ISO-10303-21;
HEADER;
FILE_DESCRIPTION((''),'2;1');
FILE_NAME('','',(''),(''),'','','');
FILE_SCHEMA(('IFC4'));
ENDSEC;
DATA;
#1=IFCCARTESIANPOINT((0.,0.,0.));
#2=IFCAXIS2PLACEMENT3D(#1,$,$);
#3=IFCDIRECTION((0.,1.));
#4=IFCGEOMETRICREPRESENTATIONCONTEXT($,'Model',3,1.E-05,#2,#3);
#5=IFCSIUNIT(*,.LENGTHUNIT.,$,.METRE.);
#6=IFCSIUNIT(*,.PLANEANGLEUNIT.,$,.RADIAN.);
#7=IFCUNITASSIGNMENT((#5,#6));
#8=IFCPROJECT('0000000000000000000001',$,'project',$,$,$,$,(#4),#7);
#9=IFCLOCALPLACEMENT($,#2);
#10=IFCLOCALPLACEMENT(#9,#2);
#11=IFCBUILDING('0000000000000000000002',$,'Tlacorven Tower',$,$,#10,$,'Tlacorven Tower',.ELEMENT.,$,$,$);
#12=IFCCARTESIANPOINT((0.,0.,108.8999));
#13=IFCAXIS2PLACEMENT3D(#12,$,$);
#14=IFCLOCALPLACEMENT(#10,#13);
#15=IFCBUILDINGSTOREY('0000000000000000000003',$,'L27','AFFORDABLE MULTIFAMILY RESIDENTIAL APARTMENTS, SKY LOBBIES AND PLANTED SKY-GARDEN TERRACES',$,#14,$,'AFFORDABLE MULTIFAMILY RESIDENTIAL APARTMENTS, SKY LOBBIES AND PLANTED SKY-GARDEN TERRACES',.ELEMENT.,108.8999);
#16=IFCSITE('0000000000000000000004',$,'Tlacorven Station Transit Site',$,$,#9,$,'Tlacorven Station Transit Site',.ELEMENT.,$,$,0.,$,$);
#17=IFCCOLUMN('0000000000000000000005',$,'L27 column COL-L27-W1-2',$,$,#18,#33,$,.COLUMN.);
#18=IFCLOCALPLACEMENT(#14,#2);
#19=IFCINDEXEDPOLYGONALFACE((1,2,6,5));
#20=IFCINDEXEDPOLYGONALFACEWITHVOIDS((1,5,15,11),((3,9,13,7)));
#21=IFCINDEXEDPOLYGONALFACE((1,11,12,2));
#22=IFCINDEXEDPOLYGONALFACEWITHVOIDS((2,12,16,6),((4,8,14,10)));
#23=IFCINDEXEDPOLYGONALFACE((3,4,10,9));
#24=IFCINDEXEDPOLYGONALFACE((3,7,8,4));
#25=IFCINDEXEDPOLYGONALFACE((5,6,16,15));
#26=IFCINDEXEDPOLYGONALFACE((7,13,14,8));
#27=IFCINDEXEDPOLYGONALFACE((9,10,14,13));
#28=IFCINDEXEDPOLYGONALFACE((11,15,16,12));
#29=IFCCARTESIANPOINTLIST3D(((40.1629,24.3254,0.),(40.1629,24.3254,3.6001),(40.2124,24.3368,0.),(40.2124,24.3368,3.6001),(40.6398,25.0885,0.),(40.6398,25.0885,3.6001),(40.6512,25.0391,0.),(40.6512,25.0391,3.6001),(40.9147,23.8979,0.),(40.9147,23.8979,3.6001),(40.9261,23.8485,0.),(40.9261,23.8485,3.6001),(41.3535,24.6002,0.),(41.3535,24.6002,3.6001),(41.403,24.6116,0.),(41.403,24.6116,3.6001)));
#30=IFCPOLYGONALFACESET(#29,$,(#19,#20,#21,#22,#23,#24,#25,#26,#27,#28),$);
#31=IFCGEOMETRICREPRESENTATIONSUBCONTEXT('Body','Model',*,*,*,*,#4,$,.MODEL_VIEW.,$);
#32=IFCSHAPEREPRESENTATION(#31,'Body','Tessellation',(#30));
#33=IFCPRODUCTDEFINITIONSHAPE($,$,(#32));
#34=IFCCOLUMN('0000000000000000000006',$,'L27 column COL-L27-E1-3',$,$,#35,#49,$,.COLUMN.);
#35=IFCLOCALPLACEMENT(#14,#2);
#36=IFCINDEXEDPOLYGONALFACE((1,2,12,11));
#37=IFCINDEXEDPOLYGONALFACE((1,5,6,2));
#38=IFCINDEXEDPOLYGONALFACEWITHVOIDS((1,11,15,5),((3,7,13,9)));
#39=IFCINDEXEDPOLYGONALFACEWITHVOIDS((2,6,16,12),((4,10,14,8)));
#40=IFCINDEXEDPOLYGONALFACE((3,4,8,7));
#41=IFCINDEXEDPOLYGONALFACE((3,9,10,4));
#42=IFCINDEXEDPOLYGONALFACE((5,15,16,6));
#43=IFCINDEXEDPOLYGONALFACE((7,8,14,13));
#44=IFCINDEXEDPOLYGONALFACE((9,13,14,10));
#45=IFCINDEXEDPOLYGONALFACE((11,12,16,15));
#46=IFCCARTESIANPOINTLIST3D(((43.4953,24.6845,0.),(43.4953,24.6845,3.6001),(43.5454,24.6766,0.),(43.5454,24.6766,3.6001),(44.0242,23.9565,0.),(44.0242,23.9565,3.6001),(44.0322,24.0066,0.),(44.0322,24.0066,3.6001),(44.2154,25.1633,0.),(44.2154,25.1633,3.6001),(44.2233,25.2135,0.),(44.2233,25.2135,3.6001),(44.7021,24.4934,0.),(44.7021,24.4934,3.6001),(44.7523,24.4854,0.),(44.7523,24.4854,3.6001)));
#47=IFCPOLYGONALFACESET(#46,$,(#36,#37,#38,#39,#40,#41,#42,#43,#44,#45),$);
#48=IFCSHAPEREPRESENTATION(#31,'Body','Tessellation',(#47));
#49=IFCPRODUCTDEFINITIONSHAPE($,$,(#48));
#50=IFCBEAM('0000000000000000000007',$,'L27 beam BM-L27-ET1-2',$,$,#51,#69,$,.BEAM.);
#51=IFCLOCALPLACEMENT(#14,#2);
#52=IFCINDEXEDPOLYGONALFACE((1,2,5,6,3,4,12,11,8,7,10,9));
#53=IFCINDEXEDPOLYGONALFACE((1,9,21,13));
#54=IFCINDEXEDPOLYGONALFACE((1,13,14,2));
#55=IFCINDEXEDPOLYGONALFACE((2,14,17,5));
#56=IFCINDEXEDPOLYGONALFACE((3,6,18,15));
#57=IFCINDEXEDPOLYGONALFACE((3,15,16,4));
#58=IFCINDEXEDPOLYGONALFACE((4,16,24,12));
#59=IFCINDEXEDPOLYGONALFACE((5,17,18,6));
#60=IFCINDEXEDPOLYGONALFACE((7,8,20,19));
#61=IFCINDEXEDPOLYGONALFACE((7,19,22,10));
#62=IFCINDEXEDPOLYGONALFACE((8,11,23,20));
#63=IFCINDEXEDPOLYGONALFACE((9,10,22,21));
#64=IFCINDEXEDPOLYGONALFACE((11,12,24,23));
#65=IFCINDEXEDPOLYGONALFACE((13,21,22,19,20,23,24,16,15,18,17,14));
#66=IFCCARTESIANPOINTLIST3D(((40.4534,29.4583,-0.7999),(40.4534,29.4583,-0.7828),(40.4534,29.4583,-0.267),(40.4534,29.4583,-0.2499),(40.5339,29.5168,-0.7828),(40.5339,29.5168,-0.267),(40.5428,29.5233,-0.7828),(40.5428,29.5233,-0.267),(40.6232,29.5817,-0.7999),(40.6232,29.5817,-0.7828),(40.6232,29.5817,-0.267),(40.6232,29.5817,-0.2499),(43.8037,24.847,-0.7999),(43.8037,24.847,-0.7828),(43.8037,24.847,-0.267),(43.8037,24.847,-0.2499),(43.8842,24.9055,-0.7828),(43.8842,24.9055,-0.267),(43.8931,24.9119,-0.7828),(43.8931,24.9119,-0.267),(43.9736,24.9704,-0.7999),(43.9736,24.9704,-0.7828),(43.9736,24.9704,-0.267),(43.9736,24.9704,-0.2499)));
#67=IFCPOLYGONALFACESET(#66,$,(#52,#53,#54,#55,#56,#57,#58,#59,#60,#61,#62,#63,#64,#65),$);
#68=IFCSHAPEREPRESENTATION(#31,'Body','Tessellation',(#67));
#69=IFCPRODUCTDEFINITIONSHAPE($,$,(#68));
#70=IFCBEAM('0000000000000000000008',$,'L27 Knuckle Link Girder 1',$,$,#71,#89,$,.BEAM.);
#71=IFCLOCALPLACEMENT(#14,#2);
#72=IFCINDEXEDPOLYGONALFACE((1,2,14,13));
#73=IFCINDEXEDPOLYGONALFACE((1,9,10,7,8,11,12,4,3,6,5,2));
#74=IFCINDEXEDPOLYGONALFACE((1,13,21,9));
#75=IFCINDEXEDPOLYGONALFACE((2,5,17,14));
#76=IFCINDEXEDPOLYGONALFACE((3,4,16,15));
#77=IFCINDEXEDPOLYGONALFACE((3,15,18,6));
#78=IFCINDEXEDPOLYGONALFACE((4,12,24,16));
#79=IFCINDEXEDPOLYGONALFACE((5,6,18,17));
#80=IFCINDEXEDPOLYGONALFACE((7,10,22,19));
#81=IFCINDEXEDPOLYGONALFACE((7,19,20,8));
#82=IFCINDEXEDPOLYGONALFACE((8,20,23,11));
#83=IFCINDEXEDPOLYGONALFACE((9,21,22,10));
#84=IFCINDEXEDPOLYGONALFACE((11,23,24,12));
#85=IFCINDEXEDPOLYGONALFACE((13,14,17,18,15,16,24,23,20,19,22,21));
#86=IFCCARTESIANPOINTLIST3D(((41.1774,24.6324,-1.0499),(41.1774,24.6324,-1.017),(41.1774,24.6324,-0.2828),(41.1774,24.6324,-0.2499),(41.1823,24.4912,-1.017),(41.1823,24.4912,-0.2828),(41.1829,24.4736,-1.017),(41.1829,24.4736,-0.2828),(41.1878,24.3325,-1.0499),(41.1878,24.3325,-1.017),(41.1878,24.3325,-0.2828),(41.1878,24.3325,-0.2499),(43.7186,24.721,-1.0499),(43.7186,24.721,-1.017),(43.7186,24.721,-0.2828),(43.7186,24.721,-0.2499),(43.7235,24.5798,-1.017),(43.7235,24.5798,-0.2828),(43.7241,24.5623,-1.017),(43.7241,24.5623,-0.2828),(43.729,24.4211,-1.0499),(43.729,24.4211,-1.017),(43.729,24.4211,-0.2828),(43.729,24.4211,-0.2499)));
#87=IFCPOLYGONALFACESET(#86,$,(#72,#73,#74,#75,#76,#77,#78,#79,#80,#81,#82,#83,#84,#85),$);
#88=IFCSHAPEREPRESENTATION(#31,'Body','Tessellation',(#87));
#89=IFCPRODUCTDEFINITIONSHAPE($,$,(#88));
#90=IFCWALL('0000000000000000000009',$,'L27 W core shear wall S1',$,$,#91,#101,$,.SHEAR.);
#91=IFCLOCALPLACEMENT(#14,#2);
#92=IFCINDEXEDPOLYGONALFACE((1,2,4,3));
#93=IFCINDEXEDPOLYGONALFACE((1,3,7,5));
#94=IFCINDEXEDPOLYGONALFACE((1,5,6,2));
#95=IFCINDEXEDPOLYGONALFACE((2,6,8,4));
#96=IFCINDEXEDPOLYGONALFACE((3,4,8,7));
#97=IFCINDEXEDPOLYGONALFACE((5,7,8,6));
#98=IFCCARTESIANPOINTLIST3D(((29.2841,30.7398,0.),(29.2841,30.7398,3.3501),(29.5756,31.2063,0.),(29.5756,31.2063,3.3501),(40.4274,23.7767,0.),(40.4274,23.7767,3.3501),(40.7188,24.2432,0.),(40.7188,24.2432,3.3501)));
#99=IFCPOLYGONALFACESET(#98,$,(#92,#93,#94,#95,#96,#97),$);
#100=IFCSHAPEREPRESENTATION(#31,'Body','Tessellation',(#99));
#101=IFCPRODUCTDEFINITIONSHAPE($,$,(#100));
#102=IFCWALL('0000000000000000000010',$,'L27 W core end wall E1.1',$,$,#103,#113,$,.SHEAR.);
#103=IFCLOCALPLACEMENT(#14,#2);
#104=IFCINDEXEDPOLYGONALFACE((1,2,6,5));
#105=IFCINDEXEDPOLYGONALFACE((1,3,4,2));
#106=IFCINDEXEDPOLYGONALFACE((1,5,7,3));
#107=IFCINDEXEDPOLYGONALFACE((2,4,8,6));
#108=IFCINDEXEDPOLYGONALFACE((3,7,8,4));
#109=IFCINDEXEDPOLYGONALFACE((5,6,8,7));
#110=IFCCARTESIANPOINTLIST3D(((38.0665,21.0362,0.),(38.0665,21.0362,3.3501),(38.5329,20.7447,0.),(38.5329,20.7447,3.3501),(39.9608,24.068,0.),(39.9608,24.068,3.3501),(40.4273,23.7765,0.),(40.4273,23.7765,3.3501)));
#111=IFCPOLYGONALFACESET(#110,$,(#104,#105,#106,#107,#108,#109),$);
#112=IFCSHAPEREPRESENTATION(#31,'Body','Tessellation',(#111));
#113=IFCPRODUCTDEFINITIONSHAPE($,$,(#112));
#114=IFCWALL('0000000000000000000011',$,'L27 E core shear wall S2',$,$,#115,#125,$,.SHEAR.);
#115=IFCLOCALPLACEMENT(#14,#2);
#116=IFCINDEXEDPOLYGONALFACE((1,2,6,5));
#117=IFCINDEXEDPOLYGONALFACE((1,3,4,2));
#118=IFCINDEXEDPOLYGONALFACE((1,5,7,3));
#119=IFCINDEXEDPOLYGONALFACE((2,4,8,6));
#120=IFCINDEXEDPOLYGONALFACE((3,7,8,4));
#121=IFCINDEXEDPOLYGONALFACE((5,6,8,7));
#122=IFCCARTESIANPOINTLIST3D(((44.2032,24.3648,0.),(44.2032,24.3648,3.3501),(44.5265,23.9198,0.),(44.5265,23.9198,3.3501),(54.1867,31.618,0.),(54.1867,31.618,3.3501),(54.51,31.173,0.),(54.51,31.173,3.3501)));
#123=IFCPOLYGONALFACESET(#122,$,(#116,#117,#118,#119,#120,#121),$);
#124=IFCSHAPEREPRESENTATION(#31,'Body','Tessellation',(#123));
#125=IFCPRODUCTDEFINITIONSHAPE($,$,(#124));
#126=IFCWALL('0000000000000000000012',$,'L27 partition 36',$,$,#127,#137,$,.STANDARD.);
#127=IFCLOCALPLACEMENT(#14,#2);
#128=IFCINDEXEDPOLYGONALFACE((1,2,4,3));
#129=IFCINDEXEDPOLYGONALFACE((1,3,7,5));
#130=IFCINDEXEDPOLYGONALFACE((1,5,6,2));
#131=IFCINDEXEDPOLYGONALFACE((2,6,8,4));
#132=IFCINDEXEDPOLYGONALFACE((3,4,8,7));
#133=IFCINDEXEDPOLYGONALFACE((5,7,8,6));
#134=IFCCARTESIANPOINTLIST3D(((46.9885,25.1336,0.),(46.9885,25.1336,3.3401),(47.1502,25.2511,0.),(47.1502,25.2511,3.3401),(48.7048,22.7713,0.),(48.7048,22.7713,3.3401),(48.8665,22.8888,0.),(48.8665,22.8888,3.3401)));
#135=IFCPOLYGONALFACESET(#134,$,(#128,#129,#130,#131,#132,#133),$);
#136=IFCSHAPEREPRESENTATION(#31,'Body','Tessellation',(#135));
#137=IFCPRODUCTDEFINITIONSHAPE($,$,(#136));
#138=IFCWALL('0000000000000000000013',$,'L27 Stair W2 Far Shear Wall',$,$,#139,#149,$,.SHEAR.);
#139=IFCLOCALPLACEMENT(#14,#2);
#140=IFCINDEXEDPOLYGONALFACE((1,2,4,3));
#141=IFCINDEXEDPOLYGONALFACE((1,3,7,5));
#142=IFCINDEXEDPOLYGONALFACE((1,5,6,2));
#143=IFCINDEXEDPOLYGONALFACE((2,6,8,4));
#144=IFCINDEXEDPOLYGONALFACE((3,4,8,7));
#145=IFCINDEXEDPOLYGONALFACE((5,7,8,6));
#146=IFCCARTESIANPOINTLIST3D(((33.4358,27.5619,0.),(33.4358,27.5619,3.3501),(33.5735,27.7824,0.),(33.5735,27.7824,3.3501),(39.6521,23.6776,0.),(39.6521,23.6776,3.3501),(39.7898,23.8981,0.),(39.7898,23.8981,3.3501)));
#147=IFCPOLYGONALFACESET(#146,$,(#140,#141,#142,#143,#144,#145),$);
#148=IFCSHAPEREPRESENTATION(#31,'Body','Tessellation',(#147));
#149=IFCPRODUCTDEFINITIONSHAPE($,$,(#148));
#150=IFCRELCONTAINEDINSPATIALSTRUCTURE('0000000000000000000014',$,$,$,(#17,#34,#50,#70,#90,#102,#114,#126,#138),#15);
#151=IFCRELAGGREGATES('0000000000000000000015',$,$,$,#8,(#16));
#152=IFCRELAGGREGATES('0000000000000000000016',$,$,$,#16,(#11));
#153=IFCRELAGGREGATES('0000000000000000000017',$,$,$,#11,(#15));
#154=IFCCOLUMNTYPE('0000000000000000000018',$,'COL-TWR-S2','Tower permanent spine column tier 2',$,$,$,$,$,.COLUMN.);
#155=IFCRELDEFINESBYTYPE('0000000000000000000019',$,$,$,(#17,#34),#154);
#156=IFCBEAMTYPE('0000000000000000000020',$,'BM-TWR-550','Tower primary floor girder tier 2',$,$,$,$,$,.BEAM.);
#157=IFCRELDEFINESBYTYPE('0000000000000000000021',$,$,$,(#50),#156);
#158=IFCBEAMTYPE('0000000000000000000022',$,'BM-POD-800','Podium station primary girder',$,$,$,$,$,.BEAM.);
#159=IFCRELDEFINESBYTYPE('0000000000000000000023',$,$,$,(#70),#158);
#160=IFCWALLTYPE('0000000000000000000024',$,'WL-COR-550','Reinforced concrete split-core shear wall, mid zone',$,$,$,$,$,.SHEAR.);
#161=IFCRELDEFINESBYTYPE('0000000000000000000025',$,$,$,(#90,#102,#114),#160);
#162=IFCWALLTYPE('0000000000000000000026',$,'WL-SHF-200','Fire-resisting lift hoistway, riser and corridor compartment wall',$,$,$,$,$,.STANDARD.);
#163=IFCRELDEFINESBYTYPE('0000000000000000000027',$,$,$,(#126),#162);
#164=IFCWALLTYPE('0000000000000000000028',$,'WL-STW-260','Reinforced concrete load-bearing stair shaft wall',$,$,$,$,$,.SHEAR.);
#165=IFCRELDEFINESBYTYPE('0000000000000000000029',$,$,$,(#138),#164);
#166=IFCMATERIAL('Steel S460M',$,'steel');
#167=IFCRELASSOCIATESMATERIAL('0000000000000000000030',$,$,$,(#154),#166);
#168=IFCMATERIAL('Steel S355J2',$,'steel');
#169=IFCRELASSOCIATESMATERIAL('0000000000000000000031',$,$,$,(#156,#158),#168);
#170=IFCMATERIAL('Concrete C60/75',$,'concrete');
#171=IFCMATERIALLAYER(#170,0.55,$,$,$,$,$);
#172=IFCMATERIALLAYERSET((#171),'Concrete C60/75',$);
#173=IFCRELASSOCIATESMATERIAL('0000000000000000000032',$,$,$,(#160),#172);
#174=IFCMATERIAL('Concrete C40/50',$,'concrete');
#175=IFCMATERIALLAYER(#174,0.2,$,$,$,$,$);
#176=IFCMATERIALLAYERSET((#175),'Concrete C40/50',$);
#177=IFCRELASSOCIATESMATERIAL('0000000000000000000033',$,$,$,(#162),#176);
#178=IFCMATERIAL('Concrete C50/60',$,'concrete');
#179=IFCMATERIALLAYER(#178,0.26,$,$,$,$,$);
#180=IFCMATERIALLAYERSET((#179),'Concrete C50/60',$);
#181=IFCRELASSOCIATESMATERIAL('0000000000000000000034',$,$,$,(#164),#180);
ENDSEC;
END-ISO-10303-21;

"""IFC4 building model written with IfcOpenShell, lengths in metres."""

from ifc_helpers import new_model, si_unit, direction, frame, frame_2d, origin, origin_2d, place, context, subcontext, project, spatial, rectangle, hollow_rectangle, i_section, extrude, source, transform, mapped, material, layer, layer_set, material_profile, profile_set, type_object, element, save


model = new_model("IFC4")

# Units and contexts
model_context = context("Model", 3, precision=1e-05, world=origin(), true_north=direction((0.0, 1.0)))
body_context = subcontext(model_context, "Body", "Model", "MODEL_VIEW")
ifc_project = project(units=[si_unit("LENGTHUNIT", "METRE"), si_unit("PLANEANGLEUNIT", "RADIAN")], contexts=[model_context])

# Site, building, storey
site_placement = place(None, origin())
site = spatial("IfcSite", under=ifc_project, at=site_placement, Name="Tlacorven Station Transit Site", LongName="Tlacorven Station Transit Site", CompositionType="ELEMENT", RefElevation=0.0)
building_placement = place(site_placement, origin())
building = spatial("IfcBuilding", under=site, at=building_placement, Name="Tlacorven Tower", LongName="Tlacorven Tower", CompositionType="ELEMENT")
storey_placement = place(building_placement, frame((0.0, 0.0, 108.8999)))
storey = spatial("IfcBuildingStorey", under=building, at=storey_placement, Name="L27", Description="AFFORDABLE MULTIFAMILY RESIDENTIAL APARTMENTS, SKY LOBBIES AND PLANTED SKY-GARDEN TERRACES", LongName="AFFORDABLE MULTIFAMILY RESIDENTIAL APARTMENTS, SKY LOBBIES AND PLANTED SKY-GARDEN TERRACES", CompositionType="ELEMENT", Elevation=108.8999)

# Columns
ifc_material_1 = material(Name="Steel S460M", Category="steel")
ifc_material_profile_1 = material_profile(ifc_material_1, hollow_rectangle(XDim=0.8999, YDim=0.8999, WallThickness=0.0359, at=origin_2d()), Name="BOX 900X900X36")
ifc_profile_set_1 = profile_set([ifc_material_profile_1], Name="Steel S460M")
column_type = type_object("IfcColumnType", Name="COL-TWR-S2", Description="Tower permanent spine column tier 2", PredefinedType="COLUMN", material=ifc_profile_set_1)
shared_shape_1 = source(origin(), body_context, "Body", "SweptSolid", [
    extrude(hollow_rectangle(XDim=0.8999, YDim=0.8999, WallThickness=0.0359, at=origin_2d()), origin(), (0.0, 0.0, 1.0), 3.6001),
])
for number, where, z_axis, x_axis, name in (
    (1, (40.783, 24.4685, 0.0), (0.0, 0.0, 1.0), (-0.848048, 0.529919, 0.0), "L27 column COL-L27-W1-2"),
    (2, (44.1238, 24.585, 0.0), (0.0, 0.0, 1.0), (0.809017, 0.587785, 0.0), "L27 column COL-L27-E1-3"),
):
    element("IfcColumn", number, at=place(storey_placement, frame(where, z_axis=z_axis, x_axis=x_axis)), inside=storey, type_object=column_type, Name=name, PredefinedType="COLUMN", context=body_context, shape_type="MappedRepresentation", body=[
        mapped(shared_shape_1, transform((0.0, 0.0, 0.0), scale=1.0)),
    ])

# Beams
ifc_material_2 = material(Name="Steel S355J2", Category="steel")
ifc_material_profile_2 = material_profile(ifc_material_2, i_section(OverallWidth=0.21, OverallDepth=0.55, WebThickness=0.011, FlangeThickness=0.0171, at=origin_2d()), Name="IPE 550")
ifc_profile_set_2 = profile_set([ifc_material_profile_2], Name="Steel S355J2")
beam_type_1 = type_object("IfcBeamType", Name="BM-TWR-550", Description="Tower primary floor girder tier 2", PredefinedType="BEAM", material=ifc_profile_set_2)
shared_shape_2 = source(origin(), body_context, "Body", "SweptSolid", [
    extrude(i_section(OverallWidth=0.21, OverallDepth=0.55, WebThickness=0.011, FlangeThickness=0.0171, at=origin_2d()), origin(), (0.0, 0.0, 1.0), 5.7),
])
beam_1_placement = place(storey_placement, frame((43.8887, 24.9087, -0.5249), z_axis=(-0.587787, 0.809016, 0.0), x_axis=(-0.809016, -0.587787, 0.0)))
element("IfcBeam", 3, at=beam_1_placement, inside=storey, type_object=beam_type_1, Name="L27 beam BM-L27-ET1-2", PredefinedType="BEAM", context=body_context, shape_type="MappedRepresentation", body=[
    mapped(shared_shape_2, transform((0.0, 0.0, 0.0), scale=1.0)),
])
ifc_material_profile_3 = material_profile(ifc_material_2, i_section(OverallWidth=0.3, OverallDepth=0.8, WebThickness=0.0176, FlangeThickness=0.033, at=origin_2d()), Name="HEB 800")
ifc_profile_set_3 = profile_set([ifc_material_profile_3], Name="Steel S355J2")
beam_type_2 = type_object("IfcBeamType", Name="BM-POD-800", Description="Podium station primary girder", PredefinedType="BEAM", material=ifc_profile_set_3)
shared_shape_3 = source(origin(), body_context, "Body", "SweptSolid", [
    extrude(i_section(OverallWidth=0.3, OverallDepth=0.8, WebThickness=0.0176, FlangeThickness=0.033, at=origin_2d()), origin(), (0.0, 0.0, 1.0), 2.5427),
])
beam_2_placement = place(storey_placement, frame((41.1826, 24.4824, -0.6499), z_axis=(0.999392, 0.034852, 0.0), x_axis=(-0.034852, 0.999392, 0.0)))
element("IfcBeam", 4, at=beam_2_placement, inside=storey, type_object=beam_type_2, Name="L27 Knuckle Link Girder 1", PredefinedType="BEAM", context=body_context, shape_type="MappedRepresentation", body=[
    mapped(shared_shape_3, transform((0.0, 0.0, 0.0), scale=1.0)),
])

# Walls
ifc_material_3 = material(Name="Concrete C60/75", Category="concrete")
ifc_layer_1 = layer(ifc_material_3, 0.55)
ifc_layer_set_1 = layer_set([ifc_layer_1], Name="Concrete C60/75")
wall_type_1 = type_object("IfcWallType", Name="WL-COR-550", Description="Reinforced concrete split-core shear wall, mid zone", PredefinedType="SHEAR", material=ifc_layer_set_1)
wall_1_placement = place(storey_placement, frame((40.573, 24.01, 0.0), z_axis=(0.0, 0.0, 1.0), x_axis=(-0.848047, 0.52992, 0.0)))
element("IfcWall", 5, at=wall_1_placement, inside=storey, type_object=wall_type_1, Name="L27 W core shear wall S1", PredefinedType="SHEAR", context=body_context, shape_type="SweptSolid", body=[
    extrude(rectangle(XDim=13.1399, YDim=0.55, at=frame_2d((6.5698, 0.0))), origin(), (0.0, 0.0, 1.0), 3.3501),
])
wall_2_placement = place(storey_placement, frame((40.1941, 23.9224, 0.0), z_axis=(0.0, 0.0, 1.0), x_axis=(-0.529888, -0.848067, 0.0)))
element("IfcWall", 6, at=wall_2_placement, inside=storey, type_object=wall_type_1, Name="L27 W core end wall E1.1", PredefinedType="SHEAR", context=body_context, shape_type="SweptSolid", body=[
    extrude(rectangle(XDim=3.575, YDim=0.55, at=frame_2d((1.7876, 0.0))), origin(), (0.0, 0.0, 1.0), 3.3501),
])
wall_3_placement = place(storey_placement, frame((44.365, 24.1423, 0.0), z_axis=(0.0, 0.0, 1.0), x_axis=(0.809024, 0.587775, 0.0)))
element("IfcWall", 7, at=wall_3_placement, inside=storey, type_object=wall_type_1, Name="L27 E core shear wall S2", PredefinedType="SHEAR", context=body_context, shape_type="SweptSolid", body=[
    extrude(rectangle(XDim=12.3401, YDim=0.55, at=frame_2d((6.1699, 0.0))), origin(), (0.0, 0.0, 1.0), 3.3501),
])
ifc_material_4 = material(Name="Concrete C40/50", Category="concrete")
ifc_layer_2 = layer(ifc_material_4, 0.2)
ifc_layer_set_2 = layer_set([ifc_layer_2], Name="Concrete C40/50")
wall_type_2 = type_object("IfcWallType", Name="WL-SHF-200", Description="Fire-resisting lift hoistway, riser and corridor compartment wall", PredefinedType="STANDARD", material=ifc_layer_set_2)
wall_4_placement = place(storey_placement, frame((48.7856, 22.8301, 0.0), z_axis=(0.0, 0.0, 1.0), x_axis=(-0.587784, 0.809018, 0.0)))
element("IfcWall", 8, at=wall_4_placement, inside=storey, type_object=wall_type_2, Name="L27 partition 36", PredefinedType="STANDARD", context=body_context, shape_type="SweptSolid", body=[
    extrude(rectangle(XDim=2.9199, YDim=0.2, at=frame_2d((1.46, 0.0))), origin(), (0.0, 0.0, 1.0), 3.3401),
])
ifc_material_5 = material(Name="Concrete C50/60", Category="concrete")
ifc_layer_3 = layer(ifc_material_5, 0.26)
ifc_layer_set_3 = layer_set([ifc_layer_3], Name="Concrete C50/60")
wall_type_3 = type_object("IfcWallType", Name="WL-STW-260", Description="Reinforced concrete load-bearing stair shaft wall", PredefinedType="SHEAR", material=ifc_layer_set_3)
wall_5_placement = place(storey_placement, frame((39.7209, 23.7878, 0.0), z_axis=(0.0, 0.0, 1.0), x_axis=(-0.848054, 0.529909, 0.0)))
element("IfcWall", 9, at=wall_5_placement, inside=storey, type_object=wall_type_3, Name="L27 Stair W2 Far Shear Wall", PredefinedType="SHEAR", context=body_context, shape_type="SweptSolid", body=[
    extrude(rectangle(XDim=7.3301, YDim=0.26, at=frame_2d((3.665, 0.0))), origin(), (0.0, 0.0, 1.0), 3.3501),
])

save(model, "model.ifc")
